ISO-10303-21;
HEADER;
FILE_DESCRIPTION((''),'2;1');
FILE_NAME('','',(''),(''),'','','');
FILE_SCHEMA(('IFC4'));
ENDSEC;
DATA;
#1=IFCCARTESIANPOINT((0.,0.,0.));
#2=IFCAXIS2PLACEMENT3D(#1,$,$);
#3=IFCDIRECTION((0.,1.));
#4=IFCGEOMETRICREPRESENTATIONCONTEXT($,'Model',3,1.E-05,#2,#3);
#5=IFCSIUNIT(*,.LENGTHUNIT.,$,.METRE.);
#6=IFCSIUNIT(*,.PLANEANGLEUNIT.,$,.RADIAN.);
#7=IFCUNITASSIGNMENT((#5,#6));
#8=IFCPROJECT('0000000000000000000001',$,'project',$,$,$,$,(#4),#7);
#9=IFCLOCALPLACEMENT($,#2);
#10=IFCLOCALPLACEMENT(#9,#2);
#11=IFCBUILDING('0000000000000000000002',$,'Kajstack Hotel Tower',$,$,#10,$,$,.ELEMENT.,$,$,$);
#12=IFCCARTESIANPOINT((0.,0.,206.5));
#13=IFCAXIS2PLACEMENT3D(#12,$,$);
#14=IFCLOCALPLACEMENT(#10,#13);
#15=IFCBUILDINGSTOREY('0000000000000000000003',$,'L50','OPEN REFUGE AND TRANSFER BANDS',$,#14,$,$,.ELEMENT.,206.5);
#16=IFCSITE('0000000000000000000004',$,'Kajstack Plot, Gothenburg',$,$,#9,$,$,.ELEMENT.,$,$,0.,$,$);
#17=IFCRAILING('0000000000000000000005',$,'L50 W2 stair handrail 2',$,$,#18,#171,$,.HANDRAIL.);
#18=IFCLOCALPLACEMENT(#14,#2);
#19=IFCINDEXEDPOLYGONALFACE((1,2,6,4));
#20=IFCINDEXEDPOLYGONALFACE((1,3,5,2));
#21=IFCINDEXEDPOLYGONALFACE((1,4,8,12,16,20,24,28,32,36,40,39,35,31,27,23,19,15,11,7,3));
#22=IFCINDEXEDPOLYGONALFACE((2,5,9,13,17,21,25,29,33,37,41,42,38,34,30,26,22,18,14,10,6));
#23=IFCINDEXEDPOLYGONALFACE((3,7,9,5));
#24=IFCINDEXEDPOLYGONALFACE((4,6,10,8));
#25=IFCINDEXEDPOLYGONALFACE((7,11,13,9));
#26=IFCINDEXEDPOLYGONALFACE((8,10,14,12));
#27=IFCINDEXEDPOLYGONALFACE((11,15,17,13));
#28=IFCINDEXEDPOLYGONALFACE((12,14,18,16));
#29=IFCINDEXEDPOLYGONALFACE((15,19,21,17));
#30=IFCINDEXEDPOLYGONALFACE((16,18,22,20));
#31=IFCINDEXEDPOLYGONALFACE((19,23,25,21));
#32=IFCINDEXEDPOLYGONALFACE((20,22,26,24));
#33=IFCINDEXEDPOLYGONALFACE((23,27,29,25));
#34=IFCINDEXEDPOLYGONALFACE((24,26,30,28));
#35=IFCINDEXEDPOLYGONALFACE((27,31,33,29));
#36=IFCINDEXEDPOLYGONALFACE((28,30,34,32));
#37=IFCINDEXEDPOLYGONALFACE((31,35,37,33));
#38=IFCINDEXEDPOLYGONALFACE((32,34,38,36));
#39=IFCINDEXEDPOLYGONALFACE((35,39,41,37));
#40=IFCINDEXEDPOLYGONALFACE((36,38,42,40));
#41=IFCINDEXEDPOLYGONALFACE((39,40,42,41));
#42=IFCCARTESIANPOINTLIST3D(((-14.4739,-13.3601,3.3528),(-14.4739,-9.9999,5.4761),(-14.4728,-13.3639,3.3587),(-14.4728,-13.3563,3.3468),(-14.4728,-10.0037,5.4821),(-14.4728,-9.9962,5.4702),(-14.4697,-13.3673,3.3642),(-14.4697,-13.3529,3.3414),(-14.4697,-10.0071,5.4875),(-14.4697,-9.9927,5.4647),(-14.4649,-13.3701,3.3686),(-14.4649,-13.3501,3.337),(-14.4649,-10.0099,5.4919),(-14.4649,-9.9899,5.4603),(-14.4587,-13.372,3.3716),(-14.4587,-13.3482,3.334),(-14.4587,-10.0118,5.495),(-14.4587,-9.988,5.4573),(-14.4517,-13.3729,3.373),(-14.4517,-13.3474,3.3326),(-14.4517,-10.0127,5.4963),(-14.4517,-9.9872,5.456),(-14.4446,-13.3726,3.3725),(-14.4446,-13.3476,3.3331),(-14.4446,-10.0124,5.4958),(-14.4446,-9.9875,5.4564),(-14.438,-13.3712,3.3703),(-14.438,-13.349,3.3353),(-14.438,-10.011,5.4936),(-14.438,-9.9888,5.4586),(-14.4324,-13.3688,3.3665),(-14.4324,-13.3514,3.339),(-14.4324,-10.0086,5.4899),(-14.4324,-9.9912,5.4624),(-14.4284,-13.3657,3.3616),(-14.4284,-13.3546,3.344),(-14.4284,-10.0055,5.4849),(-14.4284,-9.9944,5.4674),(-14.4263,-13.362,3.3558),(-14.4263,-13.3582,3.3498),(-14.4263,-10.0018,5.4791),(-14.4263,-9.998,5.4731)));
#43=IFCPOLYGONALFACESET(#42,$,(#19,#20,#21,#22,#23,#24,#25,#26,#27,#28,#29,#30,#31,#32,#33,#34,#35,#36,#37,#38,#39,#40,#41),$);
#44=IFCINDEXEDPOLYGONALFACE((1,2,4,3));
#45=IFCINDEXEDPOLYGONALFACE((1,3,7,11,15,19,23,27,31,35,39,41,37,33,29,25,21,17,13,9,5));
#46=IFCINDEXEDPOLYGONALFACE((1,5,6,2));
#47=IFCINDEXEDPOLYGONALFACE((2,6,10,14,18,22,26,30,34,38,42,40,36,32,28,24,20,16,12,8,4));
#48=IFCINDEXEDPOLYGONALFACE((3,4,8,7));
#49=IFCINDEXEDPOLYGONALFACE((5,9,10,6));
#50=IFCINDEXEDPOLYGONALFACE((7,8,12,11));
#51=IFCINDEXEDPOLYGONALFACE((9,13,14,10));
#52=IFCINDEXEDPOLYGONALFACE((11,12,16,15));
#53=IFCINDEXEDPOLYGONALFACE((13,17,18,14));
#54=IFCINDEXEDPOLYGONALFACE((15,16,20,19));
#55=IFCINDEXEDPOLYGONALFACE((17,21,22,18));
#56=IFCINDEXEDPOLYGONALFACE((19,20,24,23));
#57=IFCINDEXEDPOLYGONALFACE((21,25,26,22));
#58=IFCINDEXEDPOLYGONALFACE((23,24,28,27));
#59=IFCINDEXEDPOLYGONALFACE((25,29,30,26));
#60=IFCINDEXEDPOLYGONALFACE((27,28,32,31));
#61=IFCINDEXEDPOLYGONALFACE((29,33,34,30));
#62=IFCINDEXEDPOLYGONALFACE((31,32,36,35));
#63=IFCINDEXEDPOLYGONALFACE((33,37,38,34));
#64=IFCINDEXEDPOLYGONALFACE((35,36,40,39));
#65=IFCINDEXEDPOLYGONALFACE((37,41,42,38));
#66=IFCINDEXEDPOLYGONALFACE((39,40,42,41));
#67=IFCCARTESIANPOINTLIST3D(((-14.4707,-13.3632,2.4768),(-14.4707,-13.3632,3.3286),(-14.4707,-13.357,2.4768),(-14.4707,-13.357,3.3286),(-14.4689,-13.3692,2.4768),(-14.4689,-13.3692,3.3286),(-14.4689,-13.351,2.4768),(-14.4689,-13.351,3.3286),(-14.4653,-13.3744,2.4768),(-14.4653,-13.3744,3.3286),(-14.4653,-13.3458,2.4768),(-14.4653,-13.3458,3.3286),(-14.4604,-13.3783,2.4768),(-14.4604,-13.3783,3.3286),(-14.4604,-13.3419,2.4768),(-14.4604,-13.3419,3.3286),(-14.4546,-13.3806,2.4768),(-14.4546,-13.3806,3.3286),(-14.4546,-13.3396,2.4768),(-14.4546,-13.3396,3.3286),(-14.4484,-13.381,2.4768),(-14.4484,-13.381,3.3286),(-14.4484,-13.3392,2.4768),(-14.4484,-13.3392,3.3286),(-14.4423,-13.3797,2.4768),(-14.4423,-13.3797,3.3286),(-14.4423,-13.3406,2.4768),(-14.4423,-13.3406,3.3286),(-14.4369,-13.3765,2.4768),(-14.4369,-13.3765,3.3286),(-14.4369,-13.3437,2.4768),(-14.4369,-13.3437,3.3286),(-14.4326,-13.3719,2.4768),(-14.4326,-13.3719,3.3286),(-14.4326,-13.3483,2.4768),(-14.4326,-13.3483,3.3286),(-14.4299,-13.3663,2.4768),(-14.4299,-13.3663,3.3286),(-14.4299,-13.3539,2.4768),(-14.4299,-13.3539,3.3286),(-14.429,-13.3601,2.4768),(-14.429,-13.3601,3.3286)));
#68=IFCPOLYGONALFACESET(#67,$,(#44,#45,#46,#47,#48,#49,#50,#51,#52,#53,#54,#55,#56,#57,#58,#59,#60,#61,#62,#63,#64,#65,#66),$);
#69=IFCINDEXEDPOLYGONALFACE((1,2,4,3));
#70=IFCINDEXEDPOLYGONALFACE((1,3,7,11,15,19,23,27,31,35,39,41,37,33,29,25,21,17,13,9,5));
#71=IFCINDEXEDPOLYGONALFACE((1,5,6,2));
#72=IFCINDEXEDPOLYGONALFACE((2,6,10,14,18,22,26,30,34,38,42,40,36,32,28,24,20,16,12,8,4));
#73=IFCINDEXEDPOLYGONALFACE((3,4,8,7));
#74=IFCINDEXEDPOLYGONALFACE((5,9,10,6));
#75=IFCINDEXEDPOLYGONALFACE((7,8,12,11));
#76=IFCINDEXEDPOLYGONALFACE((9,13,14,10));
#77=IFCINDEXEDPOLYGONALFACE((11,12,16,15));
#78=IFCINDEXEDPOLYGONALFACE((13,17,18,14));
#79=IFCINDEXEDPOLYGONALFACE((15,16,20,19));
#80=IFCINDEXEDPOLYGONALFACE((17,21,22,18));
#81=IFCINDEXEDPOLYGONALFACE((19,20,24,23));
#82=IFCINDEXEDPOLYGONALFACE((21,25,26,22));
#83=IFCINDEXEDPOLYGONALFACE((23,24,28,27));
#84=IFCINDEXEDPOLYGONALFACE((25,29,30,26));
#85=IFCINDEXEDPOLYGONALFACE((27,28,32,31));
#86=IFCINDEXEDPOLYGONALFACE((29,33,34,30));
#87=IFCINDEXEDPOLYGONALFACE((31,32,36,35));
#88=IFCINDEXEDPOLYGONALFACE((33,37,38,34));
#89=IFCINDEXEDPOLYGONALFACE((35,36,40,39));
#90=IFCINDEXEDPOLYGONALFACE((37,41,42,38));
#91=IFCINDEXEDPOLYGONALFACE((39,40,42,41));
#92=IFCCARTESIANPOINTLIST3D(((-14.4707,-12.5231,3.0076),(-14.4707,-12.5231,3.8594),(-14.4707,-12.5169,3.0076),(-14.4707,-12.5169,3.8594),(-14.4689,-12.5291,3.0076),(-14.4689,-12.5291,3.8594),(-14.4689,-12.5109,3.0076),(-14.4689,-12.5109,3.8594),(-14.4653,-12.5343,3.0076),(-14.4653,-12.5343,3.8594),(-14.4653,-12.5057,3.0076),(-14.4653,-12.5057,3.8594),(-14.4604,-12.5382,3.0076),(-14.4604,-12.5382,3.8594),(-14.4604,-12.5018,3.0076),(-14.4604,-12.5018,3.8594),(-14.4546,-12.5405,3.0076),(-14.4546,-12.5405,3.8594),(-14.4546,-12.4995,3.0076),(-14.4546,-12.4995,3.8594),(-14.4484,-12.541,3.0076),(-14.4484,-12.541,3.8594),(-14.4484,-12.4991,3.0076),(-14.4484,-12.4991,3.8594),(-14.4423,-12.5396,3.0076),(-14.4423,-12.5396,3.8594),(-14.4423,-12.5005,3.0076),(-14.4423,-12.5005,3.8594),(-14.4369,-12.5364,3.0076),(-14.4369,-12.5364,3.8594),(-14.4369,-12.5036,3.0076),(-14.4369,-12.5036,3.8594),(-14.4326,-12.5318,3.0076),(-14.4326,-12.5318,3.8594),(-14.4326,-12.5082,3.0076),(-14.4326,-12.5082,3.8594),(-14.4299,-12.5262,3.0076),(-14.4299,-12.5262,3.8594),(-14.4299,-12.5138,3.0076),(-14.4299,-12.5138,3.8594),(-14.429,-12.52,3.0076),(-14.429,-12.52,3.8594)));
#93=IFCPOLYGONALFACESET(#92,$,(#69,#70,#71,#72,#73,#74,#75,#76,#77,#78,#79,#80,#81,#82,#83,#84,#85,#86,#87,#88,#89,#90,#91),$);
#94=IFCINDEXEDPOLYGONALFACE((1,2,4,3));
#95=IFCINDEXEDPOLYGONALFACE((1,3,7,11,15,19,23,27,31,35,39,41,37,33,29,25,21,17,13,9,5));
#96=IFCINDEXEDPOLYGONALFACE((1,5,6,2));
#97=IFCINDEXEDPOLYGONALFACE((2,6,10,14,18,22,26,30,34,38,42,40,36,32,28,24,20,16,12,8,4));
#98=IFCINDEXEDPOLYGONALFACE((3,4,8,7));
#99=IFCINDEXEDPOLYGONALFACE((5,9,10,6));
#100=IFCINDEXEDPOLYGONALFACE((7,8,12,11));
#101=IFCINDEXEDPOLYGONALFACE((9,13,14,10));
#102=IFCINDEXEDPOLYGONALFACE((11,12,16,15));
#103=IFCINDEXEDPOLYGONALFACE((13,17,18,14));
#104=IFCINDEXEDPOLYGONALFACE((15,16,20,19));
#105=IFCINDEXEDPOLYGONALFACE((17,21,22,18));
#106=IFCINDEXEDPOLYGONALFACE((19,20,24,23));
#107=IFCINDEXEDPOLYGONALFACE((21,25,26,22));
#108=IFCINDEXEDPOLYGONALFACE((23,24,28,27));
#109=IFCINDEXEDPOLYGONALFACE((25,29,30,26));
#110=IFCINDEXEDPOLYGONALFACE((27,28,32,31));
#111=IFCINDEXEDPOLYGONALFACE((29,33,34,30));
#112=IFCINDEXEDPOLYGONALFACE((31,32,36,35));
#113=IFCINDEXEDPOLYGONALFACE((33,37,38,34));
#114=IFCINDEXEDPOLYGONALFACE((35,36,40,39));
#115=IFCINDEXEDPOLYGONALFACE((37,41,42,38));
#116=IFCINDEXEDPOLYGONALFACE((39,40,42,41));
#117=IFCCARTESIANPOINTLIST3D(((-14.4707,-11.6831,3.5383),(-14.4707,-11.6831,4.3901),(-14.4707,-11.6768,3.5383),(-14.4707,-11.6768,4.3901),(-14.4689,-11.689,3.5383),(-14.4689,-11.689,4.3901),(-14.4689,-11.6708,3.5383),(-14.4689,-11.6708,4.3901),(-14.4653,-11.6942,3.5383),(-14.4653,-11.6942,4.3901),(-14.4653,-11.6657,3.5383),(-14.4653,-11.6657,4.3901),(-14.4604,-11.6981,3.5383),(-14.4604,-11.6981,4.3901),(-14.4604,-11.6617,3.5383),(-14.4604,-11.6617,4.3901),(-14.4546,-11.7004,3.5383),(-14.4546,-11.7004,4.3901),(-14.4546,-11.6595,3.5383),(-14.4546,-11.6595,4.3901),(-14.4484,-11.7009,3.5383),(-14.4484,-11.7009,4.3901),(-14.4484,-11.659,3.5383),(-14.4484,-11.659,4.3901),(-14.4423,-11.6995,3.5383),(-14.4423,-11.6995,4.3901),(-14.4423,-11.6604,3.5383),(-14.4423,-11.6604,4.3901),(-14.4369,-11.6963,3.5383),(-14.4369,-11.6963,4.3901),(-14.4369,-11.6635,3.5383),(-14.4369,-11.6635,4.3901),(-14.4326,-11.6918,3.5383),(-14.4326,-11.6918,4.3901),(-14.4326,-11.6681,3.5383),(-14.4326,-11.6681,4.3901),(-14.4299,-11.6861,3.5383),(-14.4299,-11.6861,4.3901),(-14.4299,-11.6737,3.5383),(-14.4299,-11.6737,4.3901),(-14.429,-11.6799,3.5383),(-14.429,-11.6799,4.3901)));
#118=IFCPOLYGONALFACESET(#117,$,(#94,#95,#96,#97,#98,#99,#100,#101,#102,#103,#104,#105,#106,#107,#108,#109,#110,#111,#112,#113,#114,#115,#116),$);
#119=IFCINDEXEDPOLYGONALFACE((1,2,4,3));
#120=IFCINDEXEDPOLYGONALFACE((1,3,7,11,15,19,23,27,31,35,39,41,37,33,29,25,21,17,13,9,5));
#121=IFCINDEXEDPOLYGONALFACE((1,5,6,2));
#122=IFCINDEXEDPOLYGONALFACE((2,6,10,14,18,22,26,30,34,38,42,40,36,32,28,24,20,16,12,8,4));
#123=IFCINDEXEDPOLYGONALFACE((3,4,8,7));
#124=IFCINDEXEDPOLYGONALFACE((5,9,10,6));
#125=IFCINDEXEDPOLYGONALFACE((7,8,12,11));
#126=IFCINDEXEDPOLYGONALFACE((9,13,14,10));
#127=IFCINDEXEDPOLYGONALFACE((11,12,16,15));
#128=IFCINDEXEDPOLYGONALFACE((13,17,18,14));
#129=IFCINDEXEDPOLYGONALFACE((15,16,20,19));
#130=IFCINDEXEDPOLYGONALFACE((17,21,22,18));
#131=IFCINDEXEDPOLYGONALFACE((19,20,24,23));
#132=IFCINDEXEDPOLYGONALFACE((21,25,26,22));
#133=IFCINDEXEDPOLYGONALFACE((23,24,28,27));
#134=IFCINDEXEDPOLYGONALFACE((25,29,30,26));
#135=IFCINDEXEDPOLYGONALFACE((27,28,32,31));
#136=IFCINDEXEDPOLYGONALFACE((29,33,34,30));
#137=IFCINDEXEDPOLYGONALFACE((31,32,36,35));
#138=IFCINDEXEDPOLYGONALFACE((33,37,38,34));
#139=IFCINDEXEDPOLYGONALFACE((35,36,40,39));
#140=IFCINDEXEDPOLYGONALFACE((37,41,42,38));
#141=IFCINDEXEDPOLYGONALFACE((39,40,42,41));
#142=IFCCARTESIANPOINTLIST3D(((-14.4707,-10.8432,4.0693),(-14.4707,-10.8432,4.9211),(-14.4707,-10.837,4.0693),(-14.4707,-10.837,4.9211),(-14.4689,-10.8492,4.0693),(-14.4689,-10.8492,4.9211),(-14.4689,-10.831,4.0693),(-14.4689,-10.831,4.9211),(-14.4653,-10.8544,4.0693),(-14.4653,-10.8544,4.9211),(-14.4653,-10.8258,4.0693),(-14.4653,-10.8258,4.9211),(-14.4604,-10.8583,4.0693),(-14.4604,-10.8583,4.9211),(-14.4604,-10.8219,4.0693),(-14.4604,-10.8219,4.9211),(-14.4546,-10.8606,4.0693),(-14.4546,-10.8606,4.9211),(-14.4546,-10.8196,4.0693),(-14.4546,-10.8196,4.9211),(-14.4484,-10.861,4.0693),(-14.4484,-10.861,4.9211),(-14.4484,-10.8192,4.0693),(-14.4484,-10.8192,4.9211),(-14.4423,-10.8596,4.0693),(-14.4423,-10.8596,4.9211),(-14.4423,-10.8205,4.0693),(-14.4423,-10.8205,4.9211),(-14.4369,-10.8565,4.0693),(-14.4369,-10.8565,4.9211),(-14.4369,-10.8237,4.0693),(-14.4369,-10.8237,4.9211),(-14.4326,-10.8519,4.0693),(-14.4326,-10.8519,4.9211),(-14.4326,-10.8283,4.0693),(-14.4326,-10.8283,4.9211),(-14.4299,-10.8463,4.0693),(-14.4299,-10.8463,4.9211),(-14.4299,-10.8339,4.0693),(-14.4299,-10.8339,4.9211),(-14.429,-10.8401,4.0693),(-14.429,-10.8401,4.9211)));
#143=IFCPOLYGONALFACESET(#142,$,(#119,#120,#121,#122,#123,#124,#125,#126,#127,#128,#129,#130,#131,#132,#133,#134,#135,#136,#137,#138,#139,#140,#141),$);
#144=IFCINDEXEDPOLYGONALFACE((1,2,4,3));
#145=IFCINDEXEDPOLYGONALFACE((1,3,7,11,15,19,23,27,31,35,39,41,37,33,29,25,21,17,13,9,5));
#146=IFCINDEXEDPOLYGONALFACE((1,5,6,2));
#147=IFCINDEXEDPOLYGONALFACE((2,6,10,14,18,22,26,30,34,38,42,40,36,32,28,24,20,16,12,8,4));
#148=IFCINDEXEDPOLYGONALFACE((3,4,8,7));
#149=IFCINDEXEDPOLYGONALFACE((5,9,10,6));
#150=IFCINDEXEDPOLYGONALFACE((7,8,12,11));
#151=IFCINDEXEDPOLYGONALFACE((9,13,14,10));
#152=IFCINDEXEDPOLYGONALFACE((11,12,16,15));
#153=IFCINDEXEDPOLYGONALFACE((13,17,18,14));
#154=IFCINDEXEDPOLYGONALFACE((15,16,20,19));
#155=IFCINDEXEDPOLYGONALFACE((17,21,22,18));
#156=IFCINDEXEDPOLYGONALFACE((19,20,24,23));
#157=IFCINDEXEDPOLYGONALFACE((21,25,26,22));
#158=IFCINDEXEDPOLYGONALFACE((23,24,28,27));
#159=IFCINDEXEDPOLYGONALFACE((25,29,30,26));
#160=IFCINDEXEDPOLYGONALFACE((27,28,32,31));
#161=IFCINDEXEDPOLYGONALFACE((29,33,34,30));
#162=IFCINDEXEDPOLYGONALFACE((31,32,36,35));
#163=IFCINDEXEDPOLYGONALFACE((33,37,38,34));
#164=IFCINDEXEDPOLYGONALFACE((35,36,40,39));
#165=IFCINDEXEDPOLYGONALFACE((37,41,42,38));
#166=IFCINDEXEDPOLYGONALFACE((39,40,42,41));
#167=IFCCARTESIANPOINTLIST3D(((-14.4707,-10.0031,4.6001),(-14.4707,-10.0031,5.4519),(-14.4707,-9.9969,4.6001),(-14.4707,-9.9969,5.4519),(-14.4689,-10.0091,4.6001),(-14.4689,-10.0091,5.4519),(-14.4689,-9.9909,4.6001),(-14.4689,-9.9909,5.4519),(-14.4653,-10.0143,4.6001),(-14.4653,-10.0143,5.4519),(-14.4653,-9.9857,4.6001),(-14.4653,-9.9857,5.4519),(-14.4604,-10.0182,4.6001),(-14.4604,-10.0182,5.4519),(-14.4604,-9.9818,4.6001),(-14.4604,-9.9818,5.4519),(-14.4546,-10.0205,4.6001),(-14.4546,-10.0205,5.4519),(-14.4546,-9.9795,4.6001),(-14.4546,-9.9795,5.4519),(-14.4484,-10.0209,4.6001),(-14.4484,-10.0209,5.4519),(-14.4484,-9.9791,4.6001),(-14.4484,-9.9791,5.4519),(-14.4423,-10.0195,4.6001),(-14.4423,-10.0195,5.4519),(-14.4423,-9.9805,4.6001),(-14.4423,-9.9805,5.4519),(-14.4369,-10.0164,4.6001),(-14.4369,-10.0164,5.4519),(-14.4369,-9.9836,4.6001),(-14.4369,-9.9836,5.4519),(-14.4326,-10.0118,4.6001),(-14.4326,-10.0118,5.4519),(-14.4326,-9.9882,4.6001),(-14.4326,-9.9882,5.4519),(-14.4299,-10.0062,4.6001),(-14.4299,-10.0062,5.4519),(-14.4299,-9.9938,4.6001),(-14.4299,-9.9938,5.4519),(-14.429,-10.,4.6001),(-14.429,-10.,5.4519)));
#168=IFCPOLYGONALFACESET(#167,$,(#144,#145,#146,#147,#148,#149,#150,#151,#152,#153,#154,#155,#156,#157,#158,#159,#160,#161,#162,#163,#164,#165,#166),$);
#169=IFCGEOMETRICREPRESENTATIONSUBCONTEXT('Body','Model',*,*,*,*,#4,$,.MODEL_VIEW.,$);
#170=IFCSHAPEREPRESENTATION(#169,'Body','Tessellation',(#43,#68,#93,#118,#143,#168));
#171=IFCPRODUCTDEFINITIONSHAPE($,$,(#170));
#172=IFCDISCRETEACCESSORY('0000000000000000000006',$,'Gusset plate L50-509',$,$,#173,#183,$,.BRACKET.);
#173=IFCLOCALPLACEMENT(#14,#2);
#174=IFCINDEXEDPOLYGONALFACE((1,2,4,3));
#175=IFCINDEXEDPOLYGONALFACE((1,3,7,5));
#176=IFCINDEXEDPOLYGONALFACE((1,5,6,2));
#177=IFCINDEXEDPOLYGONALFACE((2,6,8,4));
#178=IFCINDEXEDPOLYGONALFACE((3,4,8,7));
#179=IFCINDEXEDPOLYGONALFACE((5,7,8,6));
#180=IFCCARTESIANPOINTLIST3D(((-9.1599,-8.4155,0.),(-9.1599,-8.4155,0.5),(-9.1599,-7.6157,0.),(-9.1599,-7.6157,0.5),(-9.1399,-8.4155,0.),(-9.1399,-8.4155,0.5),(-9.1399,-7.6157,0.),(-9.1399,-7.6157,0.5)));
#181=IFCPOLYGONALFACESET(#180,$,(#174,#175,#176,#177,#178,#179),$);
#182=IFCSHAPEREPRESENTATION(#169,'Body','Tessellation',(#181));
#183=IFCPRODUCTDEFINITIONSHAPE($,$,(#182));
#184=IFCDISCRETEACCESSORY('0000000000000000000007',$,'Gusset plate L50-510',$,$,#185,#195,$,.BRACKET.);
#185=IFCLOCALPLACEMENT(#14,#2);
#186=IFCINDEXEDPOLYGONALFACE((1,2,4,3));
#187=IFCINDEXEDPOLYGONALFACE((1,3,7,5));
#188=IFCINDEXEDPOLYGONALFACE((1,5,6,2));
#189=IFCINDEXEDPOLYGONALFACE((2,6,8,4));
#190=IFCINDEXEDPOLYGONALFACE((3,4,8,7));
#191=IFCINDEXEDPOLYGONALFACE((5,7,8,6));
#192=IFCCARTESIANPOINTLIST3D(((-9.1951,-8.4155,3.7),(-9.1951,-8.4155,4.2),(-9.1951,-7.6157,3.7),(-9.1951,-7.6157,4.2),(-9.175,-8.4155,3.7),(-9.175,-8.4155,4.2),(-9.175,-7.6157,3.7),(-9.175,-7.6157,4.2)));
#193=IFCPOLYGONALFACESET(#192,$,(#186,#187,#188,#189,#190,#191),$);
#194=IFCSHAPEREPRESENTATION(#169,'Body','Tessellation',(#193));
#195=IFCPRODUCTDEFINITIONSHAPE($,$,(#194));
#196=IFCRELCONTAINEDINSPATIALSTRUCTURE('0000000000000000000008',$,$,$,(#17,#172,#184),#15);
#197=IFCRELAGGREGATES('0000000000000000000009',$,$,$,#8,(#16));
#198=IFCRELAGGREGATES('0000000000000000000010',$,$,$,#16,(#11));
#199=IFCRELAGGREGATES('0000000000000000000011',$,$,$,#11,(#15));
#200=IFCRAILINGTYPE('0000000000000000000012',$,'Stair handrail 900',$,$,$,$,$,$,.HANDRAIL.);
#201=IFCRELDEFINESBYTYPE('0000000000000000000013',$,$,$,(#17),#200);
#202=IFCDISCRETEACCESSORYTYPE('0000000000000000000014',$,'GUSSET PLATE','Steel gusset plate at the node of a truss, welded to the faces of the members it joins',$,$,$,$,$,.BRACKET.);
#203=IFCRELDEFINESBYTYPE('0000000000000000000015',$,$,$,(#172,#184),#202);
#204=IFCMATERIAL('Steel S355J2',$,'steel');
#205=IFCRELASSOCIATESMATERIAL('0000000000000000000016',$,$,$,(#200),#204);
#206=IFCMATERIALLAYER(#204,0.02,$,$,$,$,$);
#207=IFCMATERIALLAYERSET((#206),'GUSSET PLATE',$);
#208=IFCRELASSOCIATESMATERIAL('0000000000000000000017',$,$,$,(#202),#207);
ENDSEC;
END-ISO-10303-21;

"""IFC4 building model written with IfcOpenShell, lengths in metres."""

from ifc_helpers import new_model, si_unit, direction, frame, origin, origin_2d, place, context, subcontext, project, spatial, polyline, circle, outline, extrude, material, layer, layer_set, type_object, element, save


model = new_model("IFC4")

# Units and contexts
model_context = context("Model", 3, precision=1e-05, world=origin(), true_north=direction((0.0, 1.0)))
body_context = subcontext(model_context, "Body", "Model", "MODEL_VIEW")
ifc_project = project(units=[si_unit("LENGTHUNIT", "METRE"), si_unit("PLANEANGLEUNIT", "RADIAN")], contexts=[model_context])

# Site, building, storey
site_placement = place(None, origin())
site = spatial("IfcSite", under=ifc_project, at=site_placement, Name="Kajstack Plot, Gothenburg", CompositionType="ELEMENT", RefElevation=0.0)
building_placement = place(site_placement, origin())
building = spatial("IfcBuilding", under=site, at=building_placement, Name="Kajstack Hotel Tower", CompositionType="ELEMENT")
storey_placement = place(building_placement, frame((0.0, 0.0, 206.5)))
storey = spatial("IfcBuildingStorey", under=building, at=storey_placement, Name="L50", Description="OPEN REFUGE AND TRANSFER BANDS", CompositionType="ELEMENT", Elevation=206.5)

# Shared definitions
ifc_material_1 = material(Name="Steel S355J2", Category="steel")

# Railing
railing_type_1 = type_object("IfcRailingType", Name="Stair handrail 900", PredefinedType="HANDRAIL", material=ifc_material_1)
railing_1_placement = place(storey_placement, frame((-14.45, -13.3601, 2.4768)))
element("IfcRailing", 1, at=railing_1_placement, inside=storey, type_object=railing_type_1, Name="L50 W2 stair handrail 2", PredefinedType="HANDRAIL", context=body_context, shape_type="SweptSolid", body=[
    extrude(circle(Radius=0.0239, at=origin_2d()), frame((0.0, 0.0, 0.876), z_axis=(0.0, 0.845362, 0.534194), x_axis=(-1.0, 0.0, 0.0)), (0.0, 0.0, 1.0), 3.9749),
    extrude(circle(Radius=0.021, at=origin_2d()), origin(), (0.0, 0.0, 1.0), 0.8518),
    extrude(circle(Radius=0.021, at=origin_2d()), frame((0.0, 0.8401, 0.5308)), (0.0, 0.0, 1.0), 0.8518),
    extrude(circle(Radius=0.021, at=origin_2d()), frame((0.0, 1.6802, 1.0615)), (0.0, 0.0, 1.0), 0.8518),
    extrude(circle(Radius=0.021, at=origin_2d()), frame((0.0, 2.52, 1.5925)), (0.0, 0.0, 1.0), 0.8518),
    extrude(circle(Radius=0.021, at=origin_2d()), frame((0.0, 3.3601, 2.1233)), (0.0, 0.0, 1.0), 0.8518),
])

# Discrete accessories
ifc_layer_1 = layer(ifc_material_1, 0.02)
ifc_layer_set_1 = layer_set([ifc_layer_1], Name="GUSSET PLATE")
discrete_accessory_type = type_object("IfcDiscreteAccessoryType", Name="GUSSET PLATE", Description="Steel gusset plate at the node of a truss, welded to the faces of the members it joins", PredefinedType="BRACKET", material=ifc_layer_set_1)
for number, where, z_axis, x_axis, name in (
    (2, (-9.1599, -8.0156, 0.0), (1.0, 0.0, 0.0), (0.0, 1.0, 0.0), "Gusset plate L50-509"),
    (3, (-9.1951, -8.0156, 3.7), (1.0, 0.0, 0.0), (0.0, 1.0, 0.0), "Gusset plate L50-510"),
):
    element("IfcDiscreteAccessory", number, at=place(storey_placement, frame(where, z_axis=z_axis, x_axis=x_axis)), inside=storey, type_object=discrete_accessory_type, Name=name, PredefinedType="BRACKET", context=body_context, shape_type="SweptSolid", body=[
        extrude(outline(polyline([(-0.3999, 0.0), (0.3999, 0.0), (0.3999, 0.5), (-0.3999, 0.5), (-0.3999, 0.0)])), origin(), (0.0, 0.0, 1.0), 0.02),
    ])

save(model, "model.ifc")
